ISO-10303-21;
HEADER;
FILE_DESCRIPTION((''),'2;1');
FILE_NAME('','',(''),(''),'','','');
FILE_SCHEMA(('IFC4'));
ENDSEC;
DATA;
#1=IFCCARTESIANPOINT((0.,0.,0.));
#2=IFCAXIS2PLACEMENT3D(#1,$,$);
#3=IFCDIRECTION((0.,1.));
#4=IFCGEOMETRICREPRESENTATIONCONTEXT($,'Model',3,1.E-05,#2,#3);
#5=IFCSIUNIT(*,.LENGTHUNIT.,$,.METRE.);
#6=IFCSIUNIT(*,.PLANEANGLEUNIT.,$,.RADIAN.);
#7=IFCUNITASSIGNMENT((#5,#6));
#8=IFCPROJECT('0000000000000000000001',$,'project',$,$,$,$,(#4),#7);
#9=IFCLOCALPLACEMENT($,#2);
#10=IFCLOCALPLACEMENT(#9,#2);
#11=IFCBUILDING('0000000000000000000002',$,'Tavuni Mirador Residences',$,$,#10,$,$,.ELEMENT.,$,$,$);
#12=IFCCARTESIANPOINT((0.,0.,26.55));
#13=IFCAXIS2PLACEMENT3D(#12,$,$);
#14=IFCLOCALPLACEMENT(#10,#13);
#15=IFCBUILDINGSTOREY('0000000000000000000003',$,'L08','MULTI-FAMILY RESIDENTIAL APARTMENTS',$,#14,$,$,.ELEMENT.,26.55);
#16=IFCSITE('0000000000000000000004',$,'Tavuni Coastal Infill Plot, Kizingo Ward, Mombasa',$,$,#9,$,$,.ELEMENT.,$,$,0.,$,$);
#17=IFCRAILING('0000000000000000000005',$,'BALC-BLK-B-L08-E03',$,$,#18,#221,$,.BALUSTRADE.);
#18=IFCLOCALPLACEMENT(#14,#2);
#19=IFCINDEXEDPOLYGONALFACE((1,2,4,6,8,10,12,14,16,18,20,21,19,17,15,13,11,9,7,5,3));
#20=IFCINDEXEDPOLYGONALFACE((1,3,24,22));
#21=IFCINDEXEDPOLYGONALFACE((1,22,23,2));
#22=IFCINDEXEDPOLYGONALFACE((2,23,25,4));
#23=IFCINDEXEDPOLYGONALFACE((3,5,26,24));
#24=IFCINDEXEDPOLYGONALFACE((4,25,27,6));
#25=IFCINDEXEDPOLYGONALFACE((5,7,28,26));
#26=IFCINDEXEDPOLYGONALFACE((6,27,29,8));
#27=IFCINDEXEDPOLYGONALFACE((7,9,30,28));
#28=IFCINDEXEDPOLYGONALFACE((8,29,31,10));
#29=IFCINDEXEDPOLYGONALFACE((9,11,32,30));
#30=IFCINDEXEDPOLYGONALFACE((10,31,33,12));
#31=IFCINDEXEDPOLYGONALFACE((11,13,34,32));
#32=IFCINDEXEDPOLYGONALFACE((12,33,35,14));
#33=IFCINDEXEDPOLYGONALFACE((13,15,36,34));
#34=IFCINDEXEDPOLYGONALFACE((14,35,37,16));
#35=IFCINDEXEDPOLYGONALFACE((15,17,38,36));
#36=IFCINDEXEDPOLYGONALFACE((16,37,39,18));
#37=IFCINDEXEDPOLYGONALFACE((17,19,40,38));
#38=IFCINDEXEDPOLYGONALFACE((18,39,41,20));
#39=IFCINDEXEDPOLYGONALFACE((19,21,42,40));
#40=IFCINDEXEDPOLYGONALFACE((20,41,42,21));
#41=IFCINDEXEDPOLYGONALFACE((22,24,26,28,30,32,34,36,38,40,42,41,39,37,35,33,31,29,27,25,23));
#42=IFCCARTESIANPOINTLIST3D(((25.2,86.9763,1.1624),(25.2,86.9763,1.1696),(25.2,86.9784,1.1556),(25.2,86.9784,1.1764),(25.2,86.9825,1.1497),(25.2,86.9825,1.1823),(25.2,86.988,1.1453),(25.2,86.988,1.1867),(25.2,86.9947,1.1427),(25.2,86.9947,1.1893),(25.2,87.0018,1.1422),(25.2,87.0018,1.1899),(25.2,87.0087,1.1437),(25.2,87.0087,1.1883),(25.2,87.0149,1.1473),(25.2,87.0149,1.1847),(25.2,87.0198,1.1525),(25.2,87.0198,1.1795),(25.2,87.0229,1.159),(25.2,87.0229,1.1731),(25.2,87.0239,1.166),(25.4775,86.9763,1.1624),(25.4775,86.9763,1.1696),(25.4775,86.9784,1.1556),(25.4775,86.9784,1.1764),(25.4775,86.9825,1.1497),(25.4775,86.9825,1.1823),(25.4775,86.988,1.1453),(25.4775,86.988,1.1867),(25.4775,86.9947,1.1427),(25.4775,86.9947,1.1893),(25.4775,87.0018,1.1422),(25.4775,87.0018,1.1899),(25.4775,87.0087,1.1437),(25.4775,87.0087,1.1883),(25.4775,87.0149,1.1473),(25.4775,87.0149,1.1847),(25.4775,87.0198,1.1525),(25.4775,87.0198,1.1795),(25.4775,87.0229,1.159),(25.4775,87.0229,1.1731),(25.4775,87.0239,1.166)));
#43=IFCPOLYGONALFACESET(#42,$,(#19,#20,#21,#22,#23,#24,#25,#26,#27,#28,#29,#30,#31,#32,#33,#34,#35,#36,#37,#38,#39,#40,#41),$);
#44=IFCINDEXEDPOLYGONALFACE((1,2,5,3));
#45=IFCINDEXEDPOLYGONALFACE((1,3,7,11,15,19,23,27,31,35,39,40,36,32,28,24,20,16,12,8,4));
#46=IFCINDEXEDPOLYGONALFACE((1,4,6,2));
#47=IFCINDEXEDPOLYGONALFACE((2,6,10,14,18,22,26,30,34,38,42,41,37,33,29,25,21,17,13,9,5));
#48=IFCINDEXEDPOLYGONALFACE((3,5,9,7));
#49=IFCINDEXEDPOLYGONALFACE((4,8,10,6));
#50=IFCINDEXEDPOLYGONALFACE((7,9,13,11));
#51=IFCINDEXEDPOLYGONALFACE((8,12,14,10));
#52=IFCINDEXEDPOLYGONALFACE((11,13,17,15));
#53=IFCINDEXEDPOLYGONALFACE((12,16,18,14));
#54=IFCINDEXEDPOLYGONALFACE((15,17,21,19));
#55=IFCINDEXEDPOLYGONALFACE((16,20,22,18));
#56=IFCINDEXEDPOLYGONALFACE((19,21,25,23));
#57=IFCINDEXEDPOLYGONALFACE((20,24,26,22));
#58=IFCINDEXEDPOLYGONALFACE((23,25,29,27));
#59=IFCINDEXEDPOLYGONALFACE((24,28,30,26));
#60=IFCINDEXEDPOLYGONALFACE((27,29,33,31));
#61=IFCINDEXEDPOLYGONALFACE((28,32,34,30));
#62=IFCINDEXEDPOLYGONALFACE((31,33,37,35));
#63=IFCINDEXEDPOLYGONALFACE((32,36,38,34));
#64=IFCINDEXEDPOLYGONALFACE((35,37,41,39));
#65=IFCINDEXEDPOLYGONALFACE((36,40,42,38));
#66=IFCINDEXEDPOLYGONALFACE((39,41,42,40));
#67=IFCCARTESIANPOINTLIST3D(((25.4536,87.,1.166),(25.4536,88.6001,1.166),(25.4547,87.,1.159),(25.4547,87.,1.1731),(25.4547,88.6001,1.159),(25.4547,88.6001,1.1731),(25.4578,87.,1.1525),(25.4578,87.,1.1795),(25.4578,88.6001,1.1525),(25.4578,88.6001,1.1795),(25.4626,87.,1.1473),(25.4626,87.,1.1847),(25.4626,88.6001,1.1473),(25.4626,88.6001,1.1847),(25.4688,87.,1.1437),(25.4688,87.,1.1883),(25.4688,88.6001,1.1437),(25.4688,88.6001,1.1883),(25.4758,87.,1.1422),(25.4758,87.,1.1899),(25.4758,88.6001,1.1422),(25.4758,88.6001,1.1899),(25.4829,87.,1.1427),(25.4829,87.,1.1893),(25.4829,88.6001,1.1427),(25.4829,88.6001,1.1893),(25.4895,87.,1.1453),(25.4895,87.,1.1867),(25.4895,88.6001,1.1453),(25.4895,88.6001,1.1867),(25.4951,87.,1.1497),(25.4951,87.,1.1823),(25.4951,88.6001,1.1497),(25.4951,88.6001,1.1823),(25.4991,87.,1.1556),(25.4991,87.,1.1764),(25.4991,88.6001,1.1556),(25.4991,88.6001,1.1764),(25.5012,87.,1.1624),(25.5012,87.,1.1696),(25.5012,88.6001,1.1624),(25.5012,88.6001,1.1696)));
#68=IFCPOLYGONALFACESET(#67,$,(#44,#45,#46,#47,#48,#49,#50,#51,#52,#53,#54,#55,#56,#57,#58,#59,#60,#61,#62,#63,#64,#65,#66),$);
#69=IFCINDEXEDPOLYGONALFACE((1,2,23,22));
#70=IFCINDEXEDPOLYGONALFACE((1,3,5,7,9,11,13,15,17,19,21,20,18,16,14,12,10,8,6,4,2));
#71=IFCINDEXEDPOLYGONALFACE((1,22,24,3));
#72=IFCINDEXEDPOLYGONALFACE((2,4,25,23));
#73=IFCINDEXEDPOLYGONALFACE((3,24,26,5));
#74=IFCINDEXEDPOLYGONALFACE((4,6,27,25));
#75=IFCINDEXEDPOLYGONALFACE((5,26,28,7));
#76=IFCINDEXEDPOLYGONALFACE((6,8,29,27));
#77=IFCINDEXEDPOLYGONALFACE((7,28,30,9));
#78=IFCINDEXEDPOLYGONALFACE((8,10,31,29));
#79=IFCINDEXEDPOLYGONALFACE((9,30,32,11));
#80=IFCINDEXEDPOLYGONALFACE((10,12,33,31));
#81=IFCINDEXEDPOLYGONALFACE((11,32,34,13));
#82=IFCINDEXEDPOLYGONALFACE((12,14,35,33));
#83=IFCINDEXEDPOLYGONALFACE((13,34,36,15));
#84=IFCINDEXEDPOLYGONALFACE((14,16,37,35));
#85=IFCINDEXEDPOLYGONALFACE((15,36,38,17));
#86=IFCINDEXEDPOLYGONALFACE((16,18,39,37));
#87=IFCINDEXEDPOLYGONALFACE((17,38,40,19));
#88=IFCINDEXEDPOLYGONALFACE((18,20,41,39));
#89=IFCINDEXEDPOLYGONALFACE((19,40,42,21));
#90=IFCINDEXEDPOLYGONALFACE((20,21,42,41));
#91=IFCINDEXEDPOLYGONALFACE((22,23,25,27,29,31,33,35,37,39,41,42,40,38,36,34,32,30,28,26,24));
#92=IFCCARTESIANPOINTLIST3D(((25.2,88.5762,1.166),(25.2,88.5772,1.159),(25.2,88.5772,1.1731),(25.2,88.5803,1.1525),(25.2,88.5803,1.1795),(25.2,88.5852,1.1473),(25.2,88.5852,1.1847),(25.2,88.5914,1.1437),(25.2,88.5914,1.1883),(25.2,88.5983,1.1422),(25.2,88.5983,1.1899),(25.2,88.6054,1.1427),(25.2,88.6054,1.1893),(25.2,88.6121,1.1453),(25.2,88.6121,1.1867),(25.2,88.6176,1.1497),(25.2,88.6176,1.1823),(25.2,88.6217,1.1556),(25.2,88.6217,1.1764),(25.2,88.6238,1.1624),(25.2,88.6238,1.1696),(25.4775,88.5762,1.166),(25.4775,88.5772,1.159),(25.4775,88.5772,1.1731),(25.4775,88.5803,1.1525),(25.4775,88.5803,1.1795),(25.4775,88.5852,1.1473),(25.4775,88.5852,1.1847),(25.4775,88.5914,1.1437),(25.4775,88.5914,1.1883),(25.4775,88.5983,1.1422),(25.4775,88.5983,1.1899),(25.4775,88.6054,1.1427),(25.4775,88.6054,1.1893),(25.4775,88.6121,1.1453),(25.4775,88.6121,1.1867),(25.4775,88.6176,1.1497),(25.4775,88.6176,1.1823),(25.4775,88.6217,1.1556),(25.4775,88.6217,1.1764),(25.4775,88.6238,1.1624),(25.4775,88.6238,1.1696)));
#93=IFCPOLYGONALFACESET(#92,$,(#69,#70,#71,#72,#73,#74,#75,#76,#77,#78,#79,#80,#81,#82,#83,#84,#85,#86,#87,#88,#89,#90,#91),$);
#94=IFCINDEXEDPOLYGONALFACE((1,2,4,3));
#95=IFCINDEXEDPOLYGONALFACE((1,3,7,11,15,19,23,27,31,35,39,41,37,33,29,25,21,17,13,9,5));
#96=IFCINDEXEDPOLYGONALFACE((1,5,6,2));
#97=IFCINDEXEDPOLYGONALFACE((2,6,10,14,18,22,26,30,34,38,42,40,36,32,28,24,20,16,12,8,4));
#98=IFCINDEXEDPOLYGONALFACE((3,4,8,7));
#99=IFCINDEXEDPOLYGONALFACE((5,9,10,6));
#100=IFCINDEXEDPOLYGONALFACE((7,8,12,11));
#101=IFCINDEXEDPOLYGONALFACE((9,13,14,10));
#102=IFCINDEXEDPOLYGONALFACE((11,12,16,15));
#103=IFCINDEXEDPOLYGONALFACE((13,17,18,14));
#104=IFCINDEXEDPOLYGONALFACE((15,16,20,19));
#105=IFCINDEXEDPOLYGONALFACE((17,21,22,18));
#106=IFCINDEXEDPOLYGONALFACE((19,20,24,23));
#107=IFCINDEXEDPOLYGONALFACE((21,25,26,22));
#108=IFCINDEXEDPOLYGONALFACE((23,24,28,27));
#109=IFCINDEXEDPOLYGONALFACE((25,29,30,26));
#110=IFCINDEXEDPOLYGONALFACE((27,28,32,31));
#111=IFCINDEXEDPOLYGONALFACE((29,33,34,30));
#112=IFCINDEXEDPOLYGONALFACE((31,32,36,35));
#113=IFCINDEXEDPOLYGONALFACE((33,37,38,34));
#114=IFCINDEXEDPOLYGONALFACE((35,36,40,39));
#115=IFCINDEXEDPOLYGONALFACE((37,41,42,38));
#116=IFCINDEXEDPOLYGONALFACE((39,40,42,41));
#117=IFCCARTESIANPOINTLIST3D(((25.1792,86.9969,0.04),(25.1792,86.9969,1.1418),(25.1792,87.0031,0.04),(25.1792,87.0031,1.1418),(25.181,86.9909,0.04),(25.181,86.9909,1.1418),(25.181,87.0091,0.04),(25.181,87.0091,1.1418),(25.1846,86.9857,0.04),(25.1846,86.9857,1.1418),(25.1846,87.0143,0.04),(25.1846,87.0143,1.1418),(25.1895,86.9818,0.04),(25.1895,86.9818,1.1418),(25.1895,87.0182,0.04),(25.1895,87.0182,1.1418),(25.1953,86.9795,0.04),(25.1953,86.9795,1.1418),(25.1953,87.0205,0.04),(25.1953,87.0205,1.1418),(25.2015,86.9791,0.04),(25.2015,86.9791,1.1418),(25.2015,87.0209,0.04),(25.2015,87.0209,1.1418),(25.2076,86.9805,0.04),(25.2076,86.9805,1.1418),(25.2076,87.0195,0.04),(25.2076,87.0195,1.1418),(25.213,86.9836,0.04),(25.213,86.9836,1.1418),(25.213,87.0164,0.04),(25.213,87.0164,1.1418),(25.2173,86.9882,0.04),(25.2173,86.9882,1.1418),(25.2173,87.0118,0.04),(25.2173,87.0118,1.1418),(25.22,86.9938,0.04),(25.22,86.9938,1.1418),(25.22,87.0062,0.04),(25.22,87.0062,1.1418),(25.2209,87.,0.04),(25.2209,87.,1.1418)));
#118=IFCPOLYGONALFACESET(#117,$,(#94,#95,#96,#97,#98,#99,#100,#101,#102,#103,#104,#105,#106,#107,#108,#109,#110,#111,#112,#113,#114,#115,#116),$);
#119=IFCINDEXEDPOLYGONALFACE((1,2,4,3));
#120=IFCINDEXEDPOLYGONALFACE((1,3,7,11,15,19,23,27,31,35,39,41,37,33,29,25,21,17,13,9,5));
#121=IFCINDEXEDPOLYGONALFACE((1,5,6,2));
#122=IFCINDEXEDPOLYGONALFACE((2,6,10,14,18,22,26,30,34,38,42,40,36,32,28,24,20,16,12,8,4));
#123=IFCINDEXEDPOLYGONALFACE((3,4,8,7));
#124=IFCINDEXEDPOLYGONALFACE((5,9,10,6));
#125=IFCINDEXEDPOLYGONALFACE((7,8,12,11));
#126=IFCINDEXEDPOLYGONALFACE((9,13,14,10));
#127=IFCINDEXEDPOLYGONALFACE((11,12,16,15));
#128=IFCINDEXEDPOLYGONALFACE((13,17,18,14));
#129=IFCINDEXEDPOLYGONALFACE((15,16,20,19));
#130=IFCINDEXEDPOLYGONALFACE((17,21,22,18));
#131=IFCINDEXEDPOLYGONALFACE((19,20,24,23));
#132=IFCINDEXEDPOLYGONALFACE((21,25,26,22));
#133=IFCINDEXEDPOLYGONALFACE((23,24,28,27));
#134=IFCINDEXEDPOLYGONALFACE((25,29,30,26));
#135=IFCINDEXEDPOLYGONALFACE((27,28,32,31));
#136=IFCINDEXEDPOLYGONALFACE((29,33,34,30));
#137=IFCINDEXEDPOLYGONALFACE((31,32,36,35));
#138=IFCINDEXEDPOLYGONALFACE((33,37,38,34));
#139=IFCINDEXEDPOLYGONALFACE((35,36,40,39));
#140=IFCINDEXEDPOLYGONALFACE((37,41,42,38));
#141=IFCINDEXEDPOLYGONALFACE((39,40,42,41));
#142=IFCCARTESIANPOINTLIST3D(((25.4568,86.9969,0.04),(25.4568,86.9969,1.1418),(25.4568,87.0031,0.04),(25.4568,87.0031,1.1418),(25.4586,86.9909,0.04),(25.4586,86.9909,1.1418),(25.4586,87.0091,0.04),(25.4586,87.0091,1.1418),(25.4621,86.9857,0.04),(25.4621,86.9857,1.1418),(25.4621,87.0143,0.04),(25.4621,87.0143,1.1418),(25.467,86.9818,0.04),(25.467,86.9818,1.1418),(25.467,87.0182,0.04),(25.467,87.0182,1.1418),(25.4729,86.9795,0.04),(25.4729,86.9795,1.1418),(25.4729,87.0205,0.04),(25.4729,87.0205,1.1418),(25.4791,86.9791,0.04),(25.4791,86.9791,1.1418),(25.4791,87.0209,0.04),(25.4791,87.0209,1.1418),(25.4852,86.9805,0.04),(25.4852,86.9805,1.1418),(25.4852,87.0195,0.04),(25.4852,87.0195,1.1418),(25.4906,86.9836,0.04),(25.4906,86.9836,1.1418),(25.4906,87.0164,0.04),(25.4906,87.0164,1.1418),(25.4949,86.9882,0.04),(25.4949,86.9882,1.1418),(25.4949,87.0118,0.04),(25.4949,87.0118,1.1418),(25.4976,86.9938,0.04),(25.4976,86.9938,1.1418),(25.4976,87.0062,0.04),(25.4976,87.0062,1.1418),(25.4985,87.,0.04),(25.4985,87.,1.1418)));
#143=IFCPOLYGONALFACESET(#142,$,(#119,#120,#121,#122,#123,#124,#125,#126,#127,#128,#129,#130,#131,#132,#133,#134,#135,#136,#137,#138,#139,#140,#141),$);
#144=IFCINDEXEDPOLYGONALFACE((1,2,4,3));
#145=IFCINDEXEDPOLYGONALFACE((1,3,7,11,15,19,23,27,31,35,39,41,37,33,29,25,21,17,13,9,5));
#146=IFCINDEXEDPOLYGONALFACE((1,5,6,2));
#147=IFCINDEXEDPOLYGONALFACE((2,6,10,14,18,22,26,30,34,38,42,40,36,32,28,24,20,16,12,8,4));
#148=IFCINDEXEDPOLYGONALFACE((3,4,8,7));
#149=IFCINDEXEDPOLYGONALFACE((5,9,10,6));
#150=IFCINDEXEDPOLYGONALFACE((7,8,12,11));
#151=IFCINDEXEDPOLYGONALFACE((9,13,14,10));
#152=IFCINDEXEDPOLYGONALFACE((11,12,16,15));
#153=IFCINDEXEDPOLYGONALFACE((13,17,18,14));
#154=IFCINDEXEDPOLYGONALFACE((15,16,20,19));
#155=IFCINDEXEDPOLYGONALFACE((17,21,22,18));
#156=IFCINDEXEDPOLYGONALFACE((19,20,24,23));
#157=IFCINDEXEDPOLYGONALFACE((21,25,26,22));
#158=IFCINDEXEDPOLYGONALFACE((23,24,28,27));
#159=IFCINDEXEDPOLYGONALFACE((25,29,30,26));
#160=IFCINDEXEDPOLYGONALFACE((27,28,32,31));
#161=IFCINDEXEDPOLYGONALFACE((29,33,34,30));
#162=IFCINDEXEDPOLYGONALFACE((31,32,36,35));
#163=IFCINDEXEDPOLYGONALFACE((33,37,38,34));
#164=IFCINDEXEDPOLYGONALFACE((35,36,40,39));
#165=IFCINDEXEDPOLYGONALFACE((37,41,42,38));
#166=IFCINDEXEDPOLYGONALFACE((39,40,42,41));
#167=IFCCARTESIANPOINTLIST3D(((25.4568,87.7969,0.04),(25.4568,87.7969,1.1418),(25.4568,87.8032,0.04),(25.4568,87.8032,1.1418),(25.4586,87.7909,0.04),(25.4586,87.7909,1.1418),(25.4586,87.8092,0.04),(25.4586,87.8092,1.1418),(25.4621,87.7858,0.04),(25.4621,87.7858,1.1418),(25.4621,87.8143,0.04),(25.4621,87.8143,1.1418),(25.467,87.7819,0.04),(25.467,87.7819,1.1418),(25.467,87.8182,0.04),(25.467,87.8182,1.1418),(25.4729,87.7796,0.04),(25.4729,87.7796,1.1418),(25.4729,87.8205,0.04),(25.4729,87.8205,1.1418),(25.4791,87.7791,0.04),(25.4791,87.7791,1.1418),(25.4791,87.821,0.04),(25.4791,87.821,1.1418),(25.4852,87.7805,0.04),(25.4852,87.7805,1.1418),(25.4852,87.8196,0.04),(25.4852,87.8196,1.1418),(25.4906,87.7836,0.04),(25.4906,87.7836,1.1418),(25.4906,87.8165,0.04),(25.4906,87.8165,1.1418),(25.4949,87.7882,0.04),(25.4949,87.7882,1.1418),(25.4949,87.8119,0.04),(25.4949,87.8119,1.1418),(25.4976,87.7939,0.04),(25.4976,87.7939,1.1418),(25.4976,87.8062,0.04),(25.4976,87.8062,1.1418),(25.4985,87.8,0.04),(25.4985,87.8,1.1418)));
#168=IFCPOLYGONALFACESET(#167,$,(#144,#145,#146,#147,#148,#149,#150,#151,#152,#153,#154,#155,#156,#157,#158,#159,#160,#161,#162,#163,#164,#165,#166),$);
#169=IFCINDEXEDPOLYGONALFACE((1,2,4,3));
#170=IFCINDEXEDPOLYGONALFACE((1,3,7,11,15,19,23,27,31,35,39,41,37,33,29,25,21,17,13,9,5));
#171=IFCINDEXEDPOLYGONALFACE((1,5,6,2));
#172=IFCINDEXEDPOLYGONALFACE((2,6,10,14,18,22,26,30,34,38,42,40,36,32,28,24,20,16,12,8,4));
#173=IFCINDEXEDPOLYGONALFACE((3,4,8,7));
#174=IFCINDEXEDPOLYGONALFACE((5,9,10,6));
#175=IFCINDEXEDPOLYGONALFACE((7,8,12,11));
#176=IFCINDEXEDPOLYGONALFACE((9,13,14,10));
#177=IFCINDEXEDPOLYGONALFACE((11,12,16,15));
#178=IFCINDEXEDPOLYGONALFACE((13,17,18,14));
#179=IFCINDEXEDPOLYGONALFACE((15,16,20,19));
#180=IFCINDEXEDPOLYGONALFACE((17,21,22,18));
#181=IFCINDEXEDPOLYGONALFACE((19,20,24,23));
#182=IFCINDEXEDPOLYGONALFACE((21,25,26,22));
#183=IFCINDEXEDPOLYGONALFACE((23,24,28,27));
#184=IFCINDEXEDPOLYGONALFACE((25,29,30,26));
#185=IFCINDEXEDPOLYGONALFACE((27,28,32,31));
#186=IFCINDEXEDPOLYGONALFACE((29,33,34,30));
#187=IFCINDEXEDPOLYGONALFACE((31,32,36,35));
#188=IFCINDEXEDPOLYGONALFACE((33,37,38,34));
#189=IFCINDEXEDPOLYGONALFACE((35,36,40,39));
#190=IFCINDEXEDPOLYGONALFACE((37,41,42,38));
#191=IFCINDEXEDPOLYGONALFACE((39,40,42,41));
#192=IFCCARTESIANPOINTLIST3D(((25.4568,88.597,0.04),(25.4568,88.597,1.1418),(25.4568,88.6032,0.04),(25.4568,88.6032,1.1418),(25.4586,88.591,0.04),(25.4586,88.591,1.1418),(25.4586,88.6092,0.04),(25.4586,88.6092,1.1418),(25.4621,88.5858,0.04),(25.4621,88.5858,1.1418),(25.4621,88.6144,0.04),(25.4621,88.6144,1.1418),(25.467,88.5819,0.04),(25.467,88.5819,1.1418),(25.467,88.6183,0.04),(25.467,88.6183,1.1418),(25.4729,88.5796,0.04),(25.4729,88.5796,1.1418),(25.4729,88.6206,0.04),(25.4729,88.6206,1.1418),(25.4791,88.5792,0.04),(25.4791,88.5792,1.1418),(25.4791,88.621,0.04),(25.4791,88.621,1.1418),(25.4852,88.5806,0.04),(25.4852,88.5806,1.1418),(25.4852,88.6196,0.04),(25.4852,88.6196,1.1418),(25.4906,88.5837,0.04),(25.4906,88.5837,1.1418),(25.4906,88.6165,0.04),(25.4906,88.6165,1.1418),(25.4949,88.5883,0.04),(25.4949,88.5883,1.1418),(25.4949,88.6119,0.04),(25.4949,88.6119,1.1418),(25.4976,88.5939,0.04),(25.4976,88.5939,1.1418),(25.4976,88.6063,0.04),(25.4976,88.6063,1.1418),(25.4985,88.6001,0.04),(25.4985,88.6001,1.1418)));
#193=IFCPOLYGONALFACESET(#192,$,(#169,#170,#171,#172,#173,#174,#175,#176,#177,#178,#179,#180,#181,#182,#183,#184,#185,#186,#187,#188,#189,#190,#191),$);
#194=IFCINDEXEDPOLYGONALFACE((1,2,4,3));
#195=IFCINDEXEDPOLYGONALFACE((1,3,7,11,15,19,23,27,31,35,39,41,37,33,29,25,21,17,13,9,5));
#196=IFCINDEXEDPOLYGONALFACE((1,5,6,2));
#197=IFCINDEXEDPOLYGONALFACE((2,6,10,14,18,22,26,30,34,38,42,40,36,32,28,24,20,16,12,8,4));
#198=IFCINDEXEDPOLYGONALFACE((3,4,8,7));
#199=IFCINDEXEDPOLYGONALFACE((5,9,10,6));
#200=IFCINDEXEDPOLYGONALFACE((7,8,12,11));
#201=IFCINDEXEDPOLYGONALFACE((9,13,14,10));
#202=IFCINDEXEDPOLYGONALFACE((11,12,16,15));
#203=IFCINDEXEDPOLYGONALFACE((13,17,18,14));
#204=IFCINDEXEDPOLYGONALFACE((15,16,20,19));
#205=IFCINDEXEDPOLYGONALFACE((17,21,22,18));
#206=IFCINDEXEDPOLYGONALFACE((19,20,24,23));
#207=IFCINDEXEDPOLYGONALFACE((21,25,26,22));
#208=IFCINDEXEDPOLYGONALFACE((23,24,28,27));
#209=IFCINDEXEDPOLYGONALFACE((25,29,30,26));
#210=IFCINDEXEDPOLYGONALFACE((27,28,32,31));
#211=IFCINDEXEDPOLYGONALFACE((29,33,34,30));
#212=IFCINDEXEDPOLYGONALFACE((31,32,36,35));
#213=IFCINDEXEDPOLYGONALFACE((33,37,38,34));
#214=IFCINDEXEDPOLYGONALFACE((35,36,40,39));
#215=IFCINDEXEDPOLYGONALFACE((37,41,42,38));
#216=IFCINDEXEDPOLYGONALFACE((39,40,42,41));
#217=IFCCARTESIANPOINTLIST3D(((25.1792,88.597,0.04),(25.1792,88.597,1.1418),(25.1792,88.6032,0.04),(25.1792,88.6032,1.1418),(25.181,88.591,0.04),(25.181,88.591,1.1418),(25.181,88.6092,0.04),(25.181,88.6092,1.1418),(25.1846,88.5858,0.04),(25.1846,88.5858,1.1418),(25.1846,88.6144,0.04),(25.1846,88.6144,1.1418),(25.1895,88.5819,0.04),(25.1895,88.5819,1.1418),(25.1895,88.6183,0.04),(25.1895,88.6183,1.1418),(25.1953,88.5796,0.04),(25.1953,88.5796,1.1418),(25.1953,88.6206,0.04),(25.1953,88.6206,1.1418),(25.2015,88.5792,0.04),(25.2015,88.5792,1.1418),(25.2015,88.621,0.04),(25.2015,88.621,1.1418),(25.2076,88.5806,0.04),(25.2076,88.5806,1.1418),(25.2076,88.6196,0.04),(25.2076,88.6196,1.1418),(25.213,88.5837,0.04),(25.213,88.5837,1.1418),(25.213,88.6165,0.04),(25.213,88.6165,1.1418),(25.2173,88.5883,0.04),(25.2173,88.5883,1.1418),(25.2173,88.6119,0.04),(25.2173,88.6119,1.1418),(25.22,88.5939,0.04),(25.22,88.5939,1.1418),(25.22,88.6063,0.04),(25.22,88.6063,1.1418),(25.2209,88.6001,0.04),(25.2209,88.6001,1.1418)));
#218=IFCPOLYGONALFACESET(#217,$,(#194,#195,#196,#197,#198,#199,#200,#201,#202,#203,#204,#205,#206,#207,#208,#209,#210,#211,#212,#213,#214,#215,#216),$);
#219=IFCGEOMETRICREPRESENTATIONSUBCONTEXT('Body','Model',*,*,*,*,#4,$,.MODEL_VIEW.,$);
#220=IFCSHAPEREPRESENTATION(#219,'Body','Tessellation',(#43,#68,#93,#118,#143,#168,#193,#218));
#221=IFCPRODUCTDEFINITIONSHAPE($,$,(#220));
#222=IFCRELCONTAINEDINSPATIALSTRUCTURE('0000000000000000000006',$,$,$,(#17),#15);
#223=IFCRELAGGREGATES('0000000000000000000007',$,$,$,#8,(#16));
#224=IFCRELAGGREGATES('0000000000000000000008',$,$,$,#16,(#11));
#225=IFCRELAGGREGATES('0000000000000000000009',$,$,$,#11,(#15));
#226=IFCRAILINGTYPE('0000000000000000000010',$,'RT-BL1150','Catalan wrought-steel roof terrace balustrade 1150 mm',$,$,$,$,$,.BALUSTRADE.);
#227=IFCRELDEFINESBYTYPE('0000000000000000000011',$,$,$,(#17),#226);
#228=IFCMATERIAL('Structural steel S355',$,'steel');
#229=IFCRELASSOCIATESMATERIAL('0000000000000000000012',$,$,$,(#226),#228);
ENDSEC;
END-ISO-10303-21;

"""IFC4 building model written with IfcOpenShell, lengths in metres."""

from ifc_helpers import new_model, si_unit, direction, frame, origin, origin_2d, place, context, subcontext, project, spatial, circle, extrude, material, type_object, element, save


model = new_model("IFC4")

# Units and contexts
model_context = context("Model", 3, precision=1e-05, world=origin(), true_north=direction((0.0, 1.0)))
body_context = subcontext(model_context, "Body", "Model", "MODEL_VIEW")
ifc_project = project(units=[si_unit("LENGTHUNIT", "METRE"), si_unit("PLANEANGLEUNIT", "RADIAN")], contexts=[model_context])

# Site, building, storey
site_placement = place(None, origin())
site = spatial("IfcSite", under=ifc_project, at=site_placement, Name="Tavuni Coastal Infill Plot, Kizingo Ward, Mombasa", CompositionType="ELEMENT", RefElevation=0.0)
building_placement = place(site_placement, origin())
building = spatial("IfcBuilding", under=site, at=building_placement, Name="Tavuni Mirador Residences", CompositionType="ELEMENT")
storey_placement = place(building_placement, frame((0.0, 0.0, 26.55)))
storey = spatial("IfcBuildingStorey", under=building, at=storey_placement, Name="L08", Description="MULTI-FAMILY RESIDENTIAL APARTMENTS", CompositionType="ELEMENT", Elevation=26.55)

# Railing
ifc_material_1 = material(Name="Structural steel S355", Category="steel")
railing_type = type_object("IfcRailingType", Name="RT-BL1150", Description="Catalan wrought-steel roof terrace balustrade 1150 mm", PredefinedType="BALUSTRADE", material=ifc_material_1)
railing_placement = place(storey_placement, frame((25.2, 87.0, 0.04)))
element("IfcRailing", 1, at=railing_placement, inside=storey, type_object=railing_type, Name="BALC-BLK-B-L08-E03", PredefinedType="BALUSTRADE", context=body_context, shape_type="SweptSolid", body=[
    extrude(circle(Radius=0.0239, at=origin_2d()), frame((0.0, 0.0, 1.126), z_axis=(1.0, 0.0, 0.0), x_axis=(0.0, 1.0, 0.0)), (0.0, 0.0, 1.0), 0.2776),
    extrude(circle(Radius=0.0239, at=origin_2d()), frame((0.2776, 0.0, 1.126), z_axis=(0.0, 1.0, 0.0), x_axis=(-1.0, 0.0, 0.0)), (0.0, 0.0, 1.0), 1.6001),
    extrude(circle(Radius=0.0239, at=origin_2d()), frame((0.2776, 1.6001, 1.126), z_axis=(-1.0, 0.0, 0.0), x_axis=(0.0, -1.0, 0.0)), (0.0, 0.0, 1.0), 0.2776),
    extrude(circle(Radius=0.021, at=origin_2d()), origin(), (0.0, 0.0, 1.0), 1.1018),
    extrude(circle(Radius=0.021, at=origin_2d()), frame((0.2776, 0.0, 0.0)), (0.0, 0.0, 1.0), 1.1018),
    extrude(circle(Radius=0.021, at=origin_2d()), frame((0.2776, 0.8, 0.0)), (0.0, 0.0, 1.0), 1.1018),
    extrude(circle(Radius=0.021, at=origin_2d()), frame((0.2776, 1.6001, 0.0)), (0.0, 0.0, 1.0), 1.1018),
    extrude(circle(Radius=0.021, at=origin_2d()), frame((0.0, 1.6001, 0.0)), (0.0, 0.0, 1.0), 1.1018),
])

save(model, "model.ifc")
